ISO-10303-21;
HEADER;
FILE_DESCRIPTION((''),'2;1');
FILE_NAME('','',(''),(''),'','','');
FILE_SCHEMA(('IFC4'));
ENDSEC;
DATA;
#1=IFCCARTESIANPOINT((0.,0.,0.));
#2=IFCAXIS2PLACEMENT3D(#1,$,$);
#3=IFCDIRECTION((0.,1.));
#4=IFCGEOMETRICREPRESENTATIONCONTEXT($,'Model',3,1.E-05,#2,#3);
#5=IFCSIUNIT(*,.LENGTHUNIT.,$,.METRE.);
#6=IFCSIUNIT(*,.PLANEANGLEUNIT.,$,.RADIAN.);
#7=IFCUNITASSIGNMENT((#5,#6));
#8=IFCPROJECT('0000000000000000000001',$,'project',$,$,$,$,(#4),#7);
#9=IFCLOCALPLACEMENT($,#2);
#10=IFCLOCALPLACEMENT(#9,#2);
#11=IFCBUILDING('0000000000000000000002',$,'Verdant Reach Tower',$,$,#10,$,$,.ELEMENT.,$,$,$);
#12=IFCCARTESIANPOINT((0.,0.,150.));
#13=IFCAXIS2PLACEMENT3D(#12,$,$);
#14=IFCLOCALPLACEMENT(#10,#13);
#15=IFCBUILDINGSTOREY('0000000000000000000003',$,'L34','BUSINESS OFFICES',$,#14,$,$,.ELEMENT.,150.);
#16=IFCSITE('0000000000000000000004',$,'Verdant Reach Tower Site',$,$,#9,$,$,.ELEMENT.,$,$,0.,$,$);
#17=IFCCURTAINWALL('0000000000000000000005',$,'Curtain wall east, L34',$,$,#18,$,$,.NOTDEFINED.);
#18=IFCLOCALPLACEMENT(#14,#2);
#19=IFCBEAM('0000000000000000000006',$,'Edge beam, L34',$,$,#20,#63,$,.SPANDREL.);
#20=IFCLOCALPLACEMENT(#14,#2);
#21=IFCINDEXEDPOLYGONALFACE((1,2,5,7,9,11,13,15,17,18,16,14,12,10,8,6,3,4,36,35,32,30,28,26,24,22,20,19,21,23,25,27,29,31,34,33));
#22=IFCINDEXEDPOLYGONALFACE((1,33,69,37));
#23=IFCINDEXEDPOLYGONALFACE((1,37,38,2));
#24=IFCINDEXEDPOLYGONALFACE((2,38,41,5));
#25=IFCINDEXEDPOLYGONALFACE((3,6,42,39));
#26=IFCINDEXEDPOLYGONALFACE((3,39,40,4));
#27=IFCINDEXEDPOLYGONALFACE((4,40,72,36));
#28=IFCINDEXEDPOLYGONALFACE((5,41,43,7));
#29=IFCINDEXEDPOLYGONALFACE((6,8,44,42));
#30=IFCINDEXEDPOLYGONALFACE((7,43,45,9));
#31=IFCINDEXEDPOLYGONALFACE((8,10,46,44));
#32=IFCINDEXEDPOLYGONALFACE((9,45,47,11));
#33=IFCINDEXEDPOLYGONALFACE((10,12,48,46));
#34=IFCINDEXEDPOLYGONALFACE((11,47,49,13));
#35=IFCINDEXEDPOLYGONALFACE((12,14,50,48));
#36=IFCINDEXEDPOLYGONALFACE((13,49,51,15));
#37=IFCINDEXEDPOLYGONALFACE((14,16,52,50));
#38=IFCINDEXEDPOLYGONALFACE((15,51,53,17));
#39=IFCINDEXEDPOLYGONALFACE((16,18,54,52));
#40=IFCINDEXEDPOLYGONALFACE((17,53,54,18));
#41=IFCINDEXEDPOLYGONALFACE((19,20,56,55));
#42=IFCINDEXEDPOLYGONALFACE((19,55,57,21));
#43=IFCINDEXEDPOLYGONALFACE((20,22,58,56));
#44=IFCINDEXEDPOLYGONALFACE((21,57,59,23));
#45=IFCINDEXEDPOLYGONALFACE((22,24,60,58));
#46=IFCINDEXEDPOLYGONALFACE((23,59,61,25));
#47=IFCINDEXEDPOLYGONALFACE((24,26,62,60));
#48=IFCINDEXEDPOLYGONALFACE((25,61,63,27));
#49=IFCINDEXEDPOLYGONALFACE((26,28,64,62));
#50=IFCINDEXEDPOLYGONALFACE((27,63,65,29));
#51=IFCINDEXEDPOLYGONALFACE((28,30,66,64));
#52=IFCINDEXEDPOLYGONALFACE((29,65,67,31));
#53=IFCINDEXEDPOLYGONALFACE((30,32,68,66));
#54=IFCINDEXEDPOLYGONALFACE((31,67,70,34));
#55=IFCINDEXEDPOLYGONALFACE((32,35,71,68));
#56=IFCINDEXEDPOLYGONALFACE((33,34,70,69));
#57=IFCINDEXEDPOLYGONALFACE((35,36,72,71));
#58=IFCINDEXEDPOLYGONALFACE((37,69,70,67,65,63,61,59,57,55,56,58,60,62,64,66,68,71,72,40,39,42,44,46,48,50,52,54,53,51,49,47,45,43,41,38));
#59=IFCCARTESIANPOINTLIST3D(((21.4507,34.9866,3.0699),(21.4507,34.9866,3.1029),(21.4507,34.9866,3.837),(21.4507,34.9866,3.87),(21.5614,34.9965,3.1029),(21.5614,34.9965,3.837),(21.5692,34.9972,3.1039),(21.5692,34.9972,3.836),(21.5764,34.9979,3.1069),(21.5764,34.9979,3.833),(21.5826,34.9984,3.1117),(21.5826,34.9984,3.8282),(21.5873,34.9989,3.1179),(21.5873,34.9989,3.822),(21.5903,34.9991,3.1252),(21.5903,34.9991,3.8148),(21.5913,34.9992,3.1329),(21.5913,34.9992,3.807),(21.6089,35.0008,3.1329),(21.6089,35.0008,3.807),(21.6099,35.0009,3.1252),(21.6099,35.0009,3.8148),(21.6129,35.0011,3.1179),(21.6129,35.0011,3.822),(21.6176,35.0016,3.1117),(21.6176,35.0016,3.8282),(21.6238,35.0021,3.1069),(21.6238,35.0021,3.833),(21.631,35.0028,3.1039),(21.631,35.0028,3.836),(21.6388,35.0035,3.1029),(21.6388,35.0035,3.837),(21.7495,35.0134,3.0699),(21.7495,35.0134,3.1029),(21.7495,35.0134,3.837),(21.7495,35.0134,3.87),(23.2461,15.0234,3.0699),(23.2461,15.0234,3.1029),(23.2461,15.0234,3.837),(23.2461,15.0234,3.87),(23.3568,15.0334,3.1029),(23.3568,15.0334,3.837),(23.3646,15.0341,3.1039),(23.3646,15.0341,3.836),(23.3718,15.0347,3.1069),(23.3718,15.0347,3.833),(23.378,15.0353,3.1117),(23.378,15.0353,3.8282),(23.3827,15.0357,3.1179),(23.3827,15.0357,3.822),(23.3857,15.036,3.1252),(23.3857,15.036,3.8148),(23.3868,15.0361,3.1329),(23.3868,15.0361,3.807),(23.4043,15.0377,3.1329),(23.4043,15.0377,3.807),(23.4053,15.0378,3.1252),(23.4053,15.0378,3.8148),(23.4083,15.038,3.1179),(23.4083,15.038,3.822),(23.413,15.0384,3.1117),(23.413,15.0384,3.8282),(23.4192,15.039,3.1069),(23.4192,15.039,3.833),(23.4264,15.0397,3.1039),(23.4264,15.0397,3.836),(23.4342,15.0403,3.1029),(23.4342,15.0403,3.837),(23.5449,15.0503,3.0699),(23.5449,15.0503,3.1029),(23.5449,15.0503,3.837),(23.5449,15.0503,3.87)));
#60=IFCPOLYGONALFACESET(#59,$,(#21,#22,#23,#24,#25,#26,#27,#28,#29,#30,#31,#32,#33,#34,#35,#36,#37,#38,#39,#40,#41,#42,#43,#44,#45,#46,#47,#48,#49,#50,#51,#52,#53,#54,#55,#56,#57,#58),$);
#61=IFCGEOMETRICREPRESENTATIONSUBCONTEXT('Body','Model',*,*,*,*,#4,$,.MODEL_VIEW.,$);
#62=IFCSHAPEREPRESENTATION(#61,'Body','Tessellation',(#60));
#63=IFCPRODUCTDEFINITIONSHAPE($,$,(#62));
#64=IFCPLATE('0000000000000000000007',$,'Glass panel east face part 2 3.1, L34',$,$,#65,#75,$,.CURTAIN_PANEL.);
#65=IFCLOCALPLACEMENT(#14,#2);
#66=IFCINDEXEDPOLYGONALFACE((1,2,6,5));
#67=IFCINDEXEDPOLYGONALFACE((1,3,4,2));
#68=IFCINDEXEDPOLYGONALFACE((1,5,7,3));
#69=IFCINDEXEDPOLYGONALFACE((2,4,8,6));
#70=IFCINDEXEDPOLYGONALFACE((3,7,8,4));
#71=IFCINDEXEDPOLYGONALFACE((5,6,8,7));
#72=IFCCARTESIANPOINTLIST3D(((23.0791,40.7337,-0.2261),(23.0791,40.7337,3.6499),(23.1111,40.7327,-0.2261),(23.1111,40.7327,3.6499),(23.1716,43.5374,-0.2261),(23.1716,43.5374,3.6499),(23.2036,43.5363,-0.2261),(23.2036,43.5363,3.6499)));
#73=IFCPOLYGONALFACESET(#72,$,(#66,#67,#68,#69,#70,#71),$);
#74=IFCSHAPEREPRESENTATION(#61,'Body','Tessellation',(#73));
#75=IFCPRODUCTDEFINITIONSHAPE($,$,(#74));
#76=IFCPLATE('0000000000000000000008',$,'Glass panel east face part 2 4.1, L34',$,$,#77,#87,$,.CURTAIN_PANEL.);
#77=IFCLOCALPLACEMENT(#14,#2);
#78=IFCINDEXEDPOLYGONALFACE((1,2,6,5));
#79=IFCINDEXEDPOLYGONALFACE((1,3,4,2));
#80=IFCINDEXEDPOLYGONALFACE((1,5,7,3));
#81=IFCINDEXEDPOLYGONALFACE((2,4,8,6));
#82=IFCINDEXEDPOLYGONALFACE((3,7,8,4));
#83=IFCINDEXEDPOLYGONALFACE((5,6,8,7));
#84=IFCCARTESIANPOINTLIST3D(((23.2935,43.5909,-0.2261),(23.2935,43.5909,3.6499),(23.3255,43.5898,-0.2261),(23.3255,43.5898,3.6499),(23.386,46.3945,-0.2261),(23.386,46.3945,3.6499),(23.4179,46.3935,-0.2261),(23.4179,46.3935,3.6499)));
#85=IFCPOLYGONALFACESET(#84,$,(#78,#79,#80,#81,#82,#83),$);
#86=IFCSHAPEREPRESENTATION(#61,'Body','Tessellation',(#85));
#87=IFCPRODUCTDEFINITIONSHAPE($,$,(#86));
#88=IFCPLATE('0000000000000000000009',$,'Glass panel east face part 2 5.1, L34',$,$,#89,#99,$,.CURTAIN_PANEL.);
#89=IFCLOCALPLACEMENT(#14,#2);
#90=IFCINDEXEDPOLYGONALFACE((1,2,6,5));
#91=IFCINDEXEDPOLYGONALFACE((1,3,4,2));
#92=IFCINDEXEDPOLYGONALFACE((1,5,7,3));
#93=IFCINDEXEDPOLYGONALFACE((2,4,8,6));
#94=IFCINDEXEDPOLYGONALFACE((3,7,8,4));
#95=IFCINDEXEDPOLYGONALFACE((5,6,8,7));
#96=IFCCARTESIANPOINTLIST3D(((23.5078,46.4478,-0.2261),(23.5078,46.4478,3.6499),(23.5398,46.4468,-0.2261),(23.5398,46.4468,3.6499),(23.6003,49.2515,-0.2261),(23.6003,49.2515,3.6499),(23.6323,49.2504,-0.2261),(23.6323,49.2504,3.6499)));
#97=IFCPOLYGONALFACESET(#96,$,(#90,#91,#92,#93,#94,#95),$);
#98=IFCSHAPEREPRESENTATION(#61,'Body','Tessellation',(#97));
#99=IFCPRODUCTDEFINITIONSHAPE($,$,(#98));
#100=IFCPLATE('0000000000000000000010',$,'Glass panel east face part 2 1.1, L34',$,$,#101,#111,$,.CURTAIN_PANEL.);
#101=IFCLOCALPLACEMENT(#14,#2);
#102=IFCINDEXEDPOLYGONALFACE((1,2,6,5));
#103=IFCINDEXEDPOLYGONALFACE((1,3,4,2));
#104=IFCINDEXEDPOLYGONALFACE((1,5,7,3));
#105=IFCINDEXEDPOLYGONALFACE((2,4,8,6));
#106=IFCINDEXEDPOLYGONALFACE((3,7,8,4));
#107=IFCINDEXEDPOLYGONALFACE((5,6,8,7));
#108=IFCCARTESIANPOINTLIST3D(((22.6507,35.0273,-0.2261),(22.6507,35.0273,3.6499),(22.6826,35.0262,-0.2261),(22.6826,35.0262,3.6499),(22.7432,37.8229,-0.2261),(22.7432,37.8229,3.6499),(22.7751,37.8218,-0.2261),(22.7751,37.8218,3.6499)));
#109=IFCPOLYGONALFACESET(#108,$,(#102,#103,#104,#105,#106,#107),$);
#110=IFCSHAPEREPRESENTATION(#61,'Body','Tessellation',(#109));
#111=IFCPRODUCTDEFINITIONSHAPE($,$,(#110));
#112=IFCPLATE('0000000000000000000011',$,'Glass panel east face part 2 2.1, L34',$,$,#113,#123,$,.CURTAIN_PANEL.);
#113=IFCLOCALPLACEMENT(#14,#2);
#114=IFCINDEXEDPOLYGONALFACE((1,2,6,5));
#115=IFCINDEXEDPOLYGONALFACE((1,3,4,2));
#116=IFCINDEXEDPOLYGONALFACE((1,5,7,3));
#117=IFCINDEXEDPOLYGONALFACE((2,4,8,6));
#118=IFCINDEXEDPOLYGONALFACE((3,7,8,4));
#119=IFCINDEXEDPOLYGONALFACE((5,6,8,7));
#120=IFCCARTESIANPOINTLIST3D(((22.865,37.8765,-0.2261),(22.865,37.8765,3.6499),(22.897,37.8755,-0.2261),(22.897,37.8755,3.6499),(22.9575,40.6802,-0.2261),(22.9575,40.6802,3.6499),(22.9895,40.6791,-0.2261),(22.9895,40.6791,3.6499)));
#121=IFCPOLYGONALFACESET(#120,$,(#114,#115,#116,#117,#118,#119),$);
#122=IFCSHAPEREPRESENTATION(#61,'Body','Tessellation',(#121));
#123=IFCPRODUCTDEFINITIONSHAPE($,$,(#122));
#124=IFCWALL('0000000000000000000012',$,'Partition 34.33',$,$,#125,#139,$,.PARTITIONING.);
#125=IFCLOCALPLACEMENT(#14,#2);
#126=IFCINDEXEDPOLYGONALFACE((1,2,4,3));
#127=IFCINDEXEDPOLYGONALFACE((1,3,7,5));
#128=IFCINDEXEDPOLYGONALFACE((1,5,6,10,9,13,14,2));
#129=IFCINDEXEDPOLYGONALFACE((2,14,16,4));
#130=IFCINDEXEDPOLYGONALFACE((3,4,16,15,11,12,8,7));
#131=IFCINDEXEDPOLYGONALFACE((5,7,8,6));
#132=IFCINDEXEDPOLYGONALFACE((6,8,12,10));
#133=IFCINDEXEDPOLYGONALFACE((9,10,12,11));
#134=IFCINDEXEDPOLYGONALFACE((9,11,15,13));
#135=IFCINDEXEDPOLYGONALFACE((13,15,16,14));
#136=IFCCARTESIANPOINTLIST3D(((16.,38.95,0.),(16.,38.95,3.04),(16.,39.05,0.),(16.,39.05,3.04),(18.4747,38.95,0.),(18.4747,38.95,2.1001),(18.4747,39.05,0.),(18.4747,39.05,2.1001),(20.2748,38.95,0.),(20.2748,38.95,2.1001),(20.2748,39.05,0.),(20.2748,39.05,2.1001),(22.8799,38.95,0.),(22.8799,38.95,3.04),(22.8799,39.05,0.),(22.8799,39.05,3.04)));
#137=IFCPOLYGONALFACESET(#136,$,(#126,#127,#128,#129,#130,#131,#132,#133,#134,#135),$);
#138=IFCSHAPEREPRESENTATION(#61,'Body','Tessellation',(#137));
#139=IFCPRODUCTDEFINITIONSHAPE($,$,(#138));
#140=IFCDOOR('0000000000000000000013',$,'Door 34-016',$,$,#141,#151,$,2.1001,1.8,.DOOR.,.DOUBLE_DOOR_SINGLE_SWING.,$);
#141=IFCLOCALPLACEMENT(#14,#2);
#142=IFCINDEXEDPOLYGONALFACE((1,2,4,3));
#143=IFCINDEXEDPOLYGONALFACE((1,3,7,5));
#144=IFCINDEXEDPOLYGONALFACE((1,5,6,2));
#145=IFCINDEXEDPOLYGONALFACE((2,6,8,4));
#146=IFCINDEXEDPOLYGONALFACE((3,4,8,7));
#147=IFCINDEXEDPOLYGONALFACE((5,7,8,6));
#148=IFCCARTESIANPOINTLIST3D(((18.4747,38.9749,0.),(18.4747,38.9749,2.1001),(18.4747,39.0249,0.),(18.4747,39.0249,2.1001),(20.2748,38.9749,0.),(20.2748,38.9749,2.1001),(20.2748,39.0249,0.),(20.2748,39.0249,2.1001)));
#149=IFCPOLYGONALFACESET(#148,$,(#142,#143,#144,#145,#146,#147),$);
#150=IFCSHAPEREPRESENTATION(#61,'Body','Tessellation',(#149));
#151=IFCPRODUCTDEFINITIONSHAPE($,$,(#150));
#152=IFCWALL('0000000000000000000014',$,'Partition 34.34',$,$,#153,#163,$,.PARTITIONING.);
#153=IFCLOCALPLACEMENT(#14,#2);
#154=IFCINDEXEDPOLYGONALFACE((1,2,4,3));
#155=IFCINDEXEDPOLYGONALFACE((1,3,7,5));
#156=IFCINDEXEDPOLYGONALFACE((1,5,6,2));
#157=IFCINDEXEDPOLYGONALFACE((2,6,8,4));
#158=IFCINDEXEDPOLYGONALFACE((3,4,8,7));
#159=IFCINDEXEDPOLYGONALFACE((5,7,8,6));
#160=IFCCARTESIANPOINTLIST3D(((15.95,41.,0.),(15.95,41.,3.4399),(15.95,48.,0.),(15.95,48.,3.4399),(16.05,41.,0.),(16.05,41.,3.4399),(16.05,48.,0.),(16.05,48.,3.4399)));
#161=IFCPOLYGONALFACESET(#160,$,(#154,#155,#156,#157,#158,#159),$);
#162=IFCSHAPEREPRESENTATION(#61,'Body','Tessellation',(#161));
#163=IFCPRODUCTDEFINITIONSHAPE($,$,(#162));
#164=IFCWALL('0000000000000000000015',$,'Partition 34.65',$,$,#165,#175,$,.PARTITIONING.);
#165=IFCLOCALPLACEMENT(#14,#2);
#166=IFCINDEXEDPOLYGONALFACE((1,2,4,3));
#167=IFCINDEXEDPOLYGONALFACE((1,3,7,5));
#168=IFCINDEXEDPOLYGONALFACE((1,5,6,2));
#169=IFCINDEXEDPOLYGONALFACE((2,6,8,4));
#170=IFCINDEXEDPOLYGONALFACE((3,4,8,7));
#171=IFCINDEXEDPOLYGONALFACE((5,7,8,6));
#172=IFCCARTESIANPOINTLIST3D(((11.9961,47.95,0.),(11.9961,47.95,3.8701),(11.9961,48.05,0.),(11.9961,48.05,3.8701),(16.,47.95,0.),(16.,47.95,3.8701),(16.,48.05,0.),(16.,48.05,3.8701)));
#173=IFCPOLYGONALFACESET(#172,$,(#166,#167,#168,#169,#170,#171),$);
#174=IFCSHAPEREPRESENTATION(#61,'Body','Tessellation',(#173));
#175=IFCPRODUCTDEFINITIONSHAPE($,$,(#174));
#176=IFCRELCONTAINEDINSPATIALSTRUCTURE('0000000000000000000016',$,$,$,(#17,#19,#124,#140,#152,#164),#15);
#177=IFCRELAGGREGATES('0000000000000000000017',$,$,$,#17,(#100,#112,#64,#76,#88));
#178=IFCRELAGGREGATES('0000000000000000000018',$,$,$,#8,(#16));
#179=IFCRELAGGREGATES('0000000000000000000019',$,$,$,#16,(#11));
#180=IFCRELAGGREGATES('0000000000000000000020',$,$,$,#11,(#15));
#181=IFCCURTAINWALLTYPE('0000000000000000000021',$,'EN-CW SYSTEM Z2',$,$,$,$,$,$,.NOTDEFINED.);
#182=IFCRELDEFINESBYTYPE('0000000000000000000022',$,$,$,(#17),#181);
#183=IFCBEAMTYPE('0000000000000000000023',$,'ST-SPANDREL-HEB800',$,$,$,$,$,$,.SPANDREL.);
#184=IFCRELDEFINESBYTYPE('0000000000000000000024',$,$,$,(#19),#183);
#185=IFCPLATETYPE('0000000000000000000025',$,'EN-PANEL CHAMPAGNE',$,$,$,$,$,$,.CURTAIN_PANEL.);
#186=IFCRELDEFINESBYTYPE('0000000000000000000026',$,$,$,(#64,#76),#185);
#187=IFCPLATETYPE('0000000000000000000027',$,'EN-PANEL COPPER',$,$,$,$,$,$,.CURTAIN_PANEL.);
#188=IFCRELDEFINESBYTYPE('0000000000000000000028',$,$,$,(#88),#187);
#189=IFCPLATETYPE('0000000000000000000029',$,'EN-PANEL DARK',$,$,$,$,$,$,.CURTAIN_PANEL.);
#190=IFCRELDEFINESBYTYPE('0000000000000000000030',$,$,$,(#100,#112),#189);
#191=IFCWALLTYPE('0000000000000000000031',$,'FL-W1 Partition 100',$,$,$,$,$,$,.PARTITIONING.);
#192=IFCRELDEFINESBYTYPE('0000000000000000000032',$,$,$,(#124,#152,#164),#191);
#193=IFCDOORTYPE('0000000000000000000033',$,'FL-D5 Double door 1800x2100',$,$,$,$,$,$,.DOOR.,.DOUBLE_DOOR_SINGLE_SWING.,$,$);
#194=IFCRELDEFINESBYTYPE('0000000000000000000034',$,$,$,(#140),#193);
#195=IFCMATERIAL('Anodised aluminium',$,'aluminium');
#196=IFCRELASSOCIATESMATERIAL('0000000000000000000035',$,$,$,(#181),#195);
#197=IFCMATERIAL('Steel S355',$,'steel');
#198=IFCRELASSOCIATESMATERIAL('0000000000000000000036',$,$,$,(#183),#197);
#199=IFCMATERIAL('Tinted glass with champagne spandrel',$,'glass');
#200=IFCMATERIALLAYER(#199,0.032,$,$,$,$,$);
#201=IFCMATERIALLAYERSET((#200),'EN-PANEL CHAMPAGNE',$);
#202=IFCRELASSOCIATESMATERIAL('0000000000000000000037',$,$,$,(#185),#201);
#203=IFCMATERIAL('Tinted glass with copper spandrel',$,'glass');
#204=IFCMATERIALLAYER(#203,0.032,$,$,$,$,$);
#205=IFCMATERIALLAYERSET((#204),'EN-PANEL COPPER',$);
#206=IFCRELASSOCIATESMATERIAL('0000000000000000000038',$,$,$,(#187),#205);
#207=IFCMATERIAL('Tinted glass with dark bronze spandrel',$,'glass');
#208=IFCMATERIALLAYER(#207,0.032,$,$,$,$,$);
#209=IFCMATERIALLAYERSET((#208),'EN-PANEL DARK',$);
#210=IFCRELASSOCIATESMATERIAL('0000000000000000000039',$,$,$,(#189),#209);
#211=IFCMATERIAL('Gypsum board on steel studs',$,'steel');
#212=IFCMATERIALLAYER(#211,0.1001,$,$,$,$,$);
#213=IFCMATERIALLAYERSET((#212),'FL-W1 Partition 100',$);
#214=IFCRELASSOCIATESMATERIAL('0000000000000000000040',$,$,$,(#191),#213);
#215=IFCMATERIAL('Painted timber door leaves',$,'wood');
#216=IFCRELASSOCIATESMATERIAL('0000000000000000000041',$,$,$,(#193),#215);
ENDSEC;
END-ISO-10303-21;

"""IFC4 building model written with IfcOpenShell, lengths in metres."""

from ifc_helpers import new_model, si_unit, direction, frame, frame_2d, origin, origin_2d, place, context, subcontext, project, spatial, rectangle, i_section, extrude, material, layer, layer_set, material_profile, profile_set, type_object, element, fill, aggregate, save


model = new_model("IFC4")

# Units and contexts
model_context = context("Model", 3, precision=1e-05, world=origin(), true_north=direction((0.0, 1.0)))
body_context = subcontext(model_context, "Body", "Model", "MODEL_VIEW")
ifc_project = project(units=[si_unit("LENGTHUNIT", "METRE"), si_unit("PLANEANGLEUNIT", "RADIAN")], contexts=[model_context])

# Site, building, storey
site_placement = place(None, origin())
site = spatial("IfcSite", under=ifc_project, at=site_placement, Name="Verdant Reach Tower Site", CompositionType="ELEMENT", RefElevation=0.0)
building_placement = place(site_placement, origin())
building = spatial("IfcBuilding", under=site, at=building_placement, Name="Verdant Reach Tower", CompositionType="ELEMENT")
storey_placement = place(building_placement, frame((0.0, 0.0, 150.0)))
storey = spatial("IfcBuildingStorey", under=building, at=storey_placement, Name="L34", Description="BUSINESS OFFICES", CompositionType="ELEMENT", Elevation=150.0)

# Curtain wall
ifc_material_1 = material(Name="Anodised aluminium", Category="aluminium")
curtain_wall_type = type_object("IfcCurtainWallType", Name="EN-CW SYSTEM Z2", PredefinedType="NOTDEFINED", material=ifc_material_1)
curtain_wall_placement = place(storey_placement, origin())
curtain_wall = element("IfcCurtainWall", 1, at=curtain_wall_placement, inside=storey, type_object=curtain_wall_type, Name="Curtain wall east, L34", PredefinedType="NOTDEFINED")

# Beam
ifc_material_2 = material(Name="Steel S355", Category="steel")
ifc_material_profile_1 = material_profile(ifc_material_2, i_section(OverallWidth=0.3, OverallDepth=0.8, WebThickness=0.0176, FlangeThickness=0.033, FilletRadius=0.03, at=origin_2d()), Name="HEB 800")
ifc_profile_set_1 = profile_set([ifc_material_profile_1], Name="Steel S355")
beam_type_1 = type_object("IfcBeamType", Name="ST-SPANDREL-HEB800", PredefinedType="SPANDREL", material=ifc_profile_set_1)
beam_1_placement = place(storey_placement, frame((21.6001, 35.0, 3.47), z_axis=(0.089575, -0.99598, 0.0), x_axis=(0.99598, 0.089575, 0.0)))
element("IfcBeam", 2, at=beam_1_placement, inside=storey, type_object=beam_type_1, Name="Edge beam, L34", PredefinedType="SPANDREL", context=body_context, shape_type="SweptSolid", body=[
    extrude(i_section(OverallWidth=0.3, OverallDepth=0.8, WebThickness=0.0176, FlangeThickness=0.033, FilletRadius=0.03, at=origin_2d()), origin(), (0.0, 0.0, 1.0), 20.0437),
])

# Plates
ifc_material_3 = material(Name="Tinted glass with champagne spandrel", Category="glass")
ifc_layer_1 = layer(ifc_material_3, 0.032)
ifc_layer_set_1 = layer_set([ifc_layer_1], Name="EN-PANEL CHAMPAGNE")
plate_type_1 = type_object("IfcPlateType", Name="EN-PANEL CHAMPAGNE", PredefinedType="CURTAIN_PANEL", material=ifc_layer_set_1)
plate_1_placement = place(storey_placement, frame((23.1414, 42.135, -0.2261), z_axis=(0.0, 0.0, 1.0), x_axis=(0.032966, 0.999456, 0.0)))
plate_1 = element("IfcPlate", 3, at=plate_1_placement, type_object=plate_type_1, Name="Glass panel east face part 2 3.1, L34", PredefinedType="CURTAIN_PANEL", context=body_context, shape_type="SweptSolid", body=[
    extrude(rectangle(XDim=2.8052, YDim=0.032, at=origin_2d()), origin(), (0.0, 0.0, 1.0), 3.876),
])
plate_2_placement = place(storey_placement, frame((23.3557, 44.9922, -0.2261), z_axis=(0.0, 0.0, 1.0), x_axis=(0.032966, 0.999456, 0.0)))
plate_2 = element("IfcPlate", 4, at=plate_2_placement, type_object=plate_type_1, Name="Glass panel east face part 2 4.1, L34", PredefinedType="CURTAIN_PANEL", context=body_context, shape_type="SweptSolid", body=[
    extrude(rectangle(XDim=2.8052, YDim=0.032, at=origin_2d()), origin(), (0.0, 0.0, 1.0), 3.876),
])
ifc_material_4 = material(Name="Tinted glass with copper spandrel", Category="glass")
ifc_layer_2 = layer(ifc_material_4, 0.032)
ifc_layer_set_2 = layer_set([ifc_layer_2], Name="EN-PANEL COPPER")
plate_type_2 = type_object("IfcPlateType", Name="EN-PANEL COPPER", PredefinedType="CURTAIN_PANEL", material=ifc_layer_set_2)
plate_3_placement = place(storey_placement, frame((23.5701, 47.8491, -0.2261), z_axis=(0.0, 0.0, 1.0), x_axis=(0.032966, 0.999456, 0.0)))
plate_3 = element("IfcPlate", 5, at=plate_3_placement, type_object=plate_type_2, Name="Glass panel east face part 2 5.1, L34", PredefinedType="CURTAIN_PANEL", context=body_context, shape_type="SweptSolid", body=[
    extrude(rectangle(XDim=2.8052, YDim=0.032, at=origin_2d()), origin(), (0.0, 0.0, 1.0), 3.876),
])
ifc_material_5 = material(Name="Tinted glass with dark bronze spandrel", Category="glass")
ifc_layer_3 = layer(ifc_material_5, 0.032)
ifc_layer_set_3 = layer_set([ifc_layer_3], Name="EN-PANEL DARK")
plate_type_3 = type_object("IfcPlateType", Name="EN-PANEL DARK", PredefinedType="CURTAIN_PANEL", material=ifc_layer_set_3)
plate_4_placement = place(storey_placement, frame((22.7129, 36.4246, -0.2261), z_axis=(0.0, 0.0, 1.0), x_axis=(0.03307, 0.999453, 0.0)))
plate_4 = element("IfcPlate", 6, at=plate_4_placement, type_object=plate_type_3, Name="Glass panel east face part 2 1.1, L34", PredefinedType="CURTAIN_PANEL", context=body_context, shape_type="SweptSolid", body=[
    extrude(rectangle(XDim=2.7971, YDim=0.032, at=origin_2d()), origin(), (0.0, 0.0, 1.0), 3.876),
])
plate_5_placement = place(storey_placement, frame((22.9272, 39.2778, -0.2261), z_axis=(0.0, 0.0, 1.0), x_axis=(0.032966, 0.999456, 0.0)))
plate_5 = element("IfcPlate", 7, at=plate_5_placement, type_object=plate_type_3, Name="Glass panel east face part 2 2.1, L34", PredefinedType="CURTAIN_PANEL", context=body_context, shape_type="SweptSolid", body=[
    extrude(rectangle(XDim=2.8052, YDim=0.032, at=origin_2d()), origin(), (0.0, 0.0, 1.0), 3.876),
])
aggregate(curtain_wall, [plate_4, plate_5, plate_1, plate_2, plate_3])

# Wall, opening, door
ifc_material_6 = material(Name="Gypsum board on steel studs", Category="steel")
ifc_layer_4 = layer(ifc_material_6, 0.1001)
ifc_layer_set_4 = layer_set([ifc_layer_4], Name="FL-W1 Partition 100")
wall_type_1 = type_object("IfcWallType", Name="FL-W1 Partition 100", PredefinedType="PARTITIONING", material=ifc_layer_set_4)
wall_1_placement = place(storey_placement, frame((16.0, 39.0, 0.0), z_axis=(0.0, 0.0, 1.0), x_axis=(1.0, 0.0, 0.0)))
wall_1 = element("IfcWall", 8, at=wall_1_placement, inside=storey, type_object=wall_type_1, Name="Partition 34.33", PredefinedType="PARTITIONING", context=body_context, shape_type="SweptSolid", body=[
    extrude(rectangle(XDim=6.8799, YDim=0.1001, at=frame_2d((3.4399, 0.0))), origin(), (0.0, 0.0, 1.0), 3.04),
])
opening_1_placement = place(wall_1_placement, frame((2.4749, 0.0, 0.0)))
opening_1 = element("IfcOpeningElement", 9, at=opening_1_placement, cuts=wall_1, PredefinedType="OPENING", context=body_context, shape_type="SweptSolid", body=[
    extrude(rectangle(XDim=1.8, YDim=2.1001, at=frame_2d((0.8999, 1.05))), frame((0.0, 0.0601, 0.0), z_axis=(0.0, -1.0, 0.0), x_axis=(1.0, 0.0, 0.0)), (0.0, 0.0, 1.0), 0.1201),
])
ifc_material_7 = material(Name="Painted timber door leaves", Category="wood")
door_type_1 = type_object("IfcDoorType", Name="FL-D5 Double door 1800x2100", OperationType="DOUBLE_DOOR_SINGLE_SWING", PredefinedType="DOOR", material=ifc_material_7)
door_1_placement = place(opening_1_placement, origin())
door_1 = element("IfcDoor", 10, at=door_1_placement, inside=storey, type_object=door_type_1, Name="Door 34-016", OperationType="DOUBLE_DOOR_SINGLE_SWING", OverallHeight=2.1001, OverallWidth=1.8, PredefinedType="DOOR", context=body_context, shape_type="SweptSolid", body=[
    extrude(rectangle(XDim=1.8, YDim=2.1001, at=frame_2d((0.8999, 1.05))), frame((0.0, 0.0249, 0.0), z_axis=(0.0, -1.0, 0.0), x_axis=(1.0, 0.0, 0.0)), (0.0, 0.0, 1.0), 0.05),
])
fill(opening_1, door_1)

# Walls
wall_2_placement = place(storey_placement, frame((16.0, 48.0, 0.0), z_axis=(0.0, 0.0, 1.0), x_axis=(0.0, -1.0, 0.0)))
element("IfcWall", 11, at=wall_2_placement, inside=storey, type_object=wall_type_1, Name="Partition 34.34", PredefinedType="PARTITIONING", context=body_context, shape_type="SweptSolid", body=[
    extrude(rectangle(XDim=7.0, YDim=0.1001, at=frame_2d((3.5, 0.0))), origin(), (0.0, 0.0, 1.0), 3.4399),
])
wall_3_placement = place(storey_placement, frame((16.0, 48.0, 0.0), z_axis=(0.0, 0.0, 1.0), x_axis=(-1.0, 0.0, 0.0)))
element("IfcWall", 12, at=wall_3_placement, inside=storey, type_object=wall_type_1, Name="Partition 34.65", PredefinedType="PARTITIONING", context=body_context, shape_type="SweptSolid", body=[
    extrude(rectangle(XDim=4.0039, YDim=0.1001, at=frame_2d((2.002, 0.0))), origin(), (0.0, 0.0, 1.0), 3.8701),
])

save(model, "model.ifc")
